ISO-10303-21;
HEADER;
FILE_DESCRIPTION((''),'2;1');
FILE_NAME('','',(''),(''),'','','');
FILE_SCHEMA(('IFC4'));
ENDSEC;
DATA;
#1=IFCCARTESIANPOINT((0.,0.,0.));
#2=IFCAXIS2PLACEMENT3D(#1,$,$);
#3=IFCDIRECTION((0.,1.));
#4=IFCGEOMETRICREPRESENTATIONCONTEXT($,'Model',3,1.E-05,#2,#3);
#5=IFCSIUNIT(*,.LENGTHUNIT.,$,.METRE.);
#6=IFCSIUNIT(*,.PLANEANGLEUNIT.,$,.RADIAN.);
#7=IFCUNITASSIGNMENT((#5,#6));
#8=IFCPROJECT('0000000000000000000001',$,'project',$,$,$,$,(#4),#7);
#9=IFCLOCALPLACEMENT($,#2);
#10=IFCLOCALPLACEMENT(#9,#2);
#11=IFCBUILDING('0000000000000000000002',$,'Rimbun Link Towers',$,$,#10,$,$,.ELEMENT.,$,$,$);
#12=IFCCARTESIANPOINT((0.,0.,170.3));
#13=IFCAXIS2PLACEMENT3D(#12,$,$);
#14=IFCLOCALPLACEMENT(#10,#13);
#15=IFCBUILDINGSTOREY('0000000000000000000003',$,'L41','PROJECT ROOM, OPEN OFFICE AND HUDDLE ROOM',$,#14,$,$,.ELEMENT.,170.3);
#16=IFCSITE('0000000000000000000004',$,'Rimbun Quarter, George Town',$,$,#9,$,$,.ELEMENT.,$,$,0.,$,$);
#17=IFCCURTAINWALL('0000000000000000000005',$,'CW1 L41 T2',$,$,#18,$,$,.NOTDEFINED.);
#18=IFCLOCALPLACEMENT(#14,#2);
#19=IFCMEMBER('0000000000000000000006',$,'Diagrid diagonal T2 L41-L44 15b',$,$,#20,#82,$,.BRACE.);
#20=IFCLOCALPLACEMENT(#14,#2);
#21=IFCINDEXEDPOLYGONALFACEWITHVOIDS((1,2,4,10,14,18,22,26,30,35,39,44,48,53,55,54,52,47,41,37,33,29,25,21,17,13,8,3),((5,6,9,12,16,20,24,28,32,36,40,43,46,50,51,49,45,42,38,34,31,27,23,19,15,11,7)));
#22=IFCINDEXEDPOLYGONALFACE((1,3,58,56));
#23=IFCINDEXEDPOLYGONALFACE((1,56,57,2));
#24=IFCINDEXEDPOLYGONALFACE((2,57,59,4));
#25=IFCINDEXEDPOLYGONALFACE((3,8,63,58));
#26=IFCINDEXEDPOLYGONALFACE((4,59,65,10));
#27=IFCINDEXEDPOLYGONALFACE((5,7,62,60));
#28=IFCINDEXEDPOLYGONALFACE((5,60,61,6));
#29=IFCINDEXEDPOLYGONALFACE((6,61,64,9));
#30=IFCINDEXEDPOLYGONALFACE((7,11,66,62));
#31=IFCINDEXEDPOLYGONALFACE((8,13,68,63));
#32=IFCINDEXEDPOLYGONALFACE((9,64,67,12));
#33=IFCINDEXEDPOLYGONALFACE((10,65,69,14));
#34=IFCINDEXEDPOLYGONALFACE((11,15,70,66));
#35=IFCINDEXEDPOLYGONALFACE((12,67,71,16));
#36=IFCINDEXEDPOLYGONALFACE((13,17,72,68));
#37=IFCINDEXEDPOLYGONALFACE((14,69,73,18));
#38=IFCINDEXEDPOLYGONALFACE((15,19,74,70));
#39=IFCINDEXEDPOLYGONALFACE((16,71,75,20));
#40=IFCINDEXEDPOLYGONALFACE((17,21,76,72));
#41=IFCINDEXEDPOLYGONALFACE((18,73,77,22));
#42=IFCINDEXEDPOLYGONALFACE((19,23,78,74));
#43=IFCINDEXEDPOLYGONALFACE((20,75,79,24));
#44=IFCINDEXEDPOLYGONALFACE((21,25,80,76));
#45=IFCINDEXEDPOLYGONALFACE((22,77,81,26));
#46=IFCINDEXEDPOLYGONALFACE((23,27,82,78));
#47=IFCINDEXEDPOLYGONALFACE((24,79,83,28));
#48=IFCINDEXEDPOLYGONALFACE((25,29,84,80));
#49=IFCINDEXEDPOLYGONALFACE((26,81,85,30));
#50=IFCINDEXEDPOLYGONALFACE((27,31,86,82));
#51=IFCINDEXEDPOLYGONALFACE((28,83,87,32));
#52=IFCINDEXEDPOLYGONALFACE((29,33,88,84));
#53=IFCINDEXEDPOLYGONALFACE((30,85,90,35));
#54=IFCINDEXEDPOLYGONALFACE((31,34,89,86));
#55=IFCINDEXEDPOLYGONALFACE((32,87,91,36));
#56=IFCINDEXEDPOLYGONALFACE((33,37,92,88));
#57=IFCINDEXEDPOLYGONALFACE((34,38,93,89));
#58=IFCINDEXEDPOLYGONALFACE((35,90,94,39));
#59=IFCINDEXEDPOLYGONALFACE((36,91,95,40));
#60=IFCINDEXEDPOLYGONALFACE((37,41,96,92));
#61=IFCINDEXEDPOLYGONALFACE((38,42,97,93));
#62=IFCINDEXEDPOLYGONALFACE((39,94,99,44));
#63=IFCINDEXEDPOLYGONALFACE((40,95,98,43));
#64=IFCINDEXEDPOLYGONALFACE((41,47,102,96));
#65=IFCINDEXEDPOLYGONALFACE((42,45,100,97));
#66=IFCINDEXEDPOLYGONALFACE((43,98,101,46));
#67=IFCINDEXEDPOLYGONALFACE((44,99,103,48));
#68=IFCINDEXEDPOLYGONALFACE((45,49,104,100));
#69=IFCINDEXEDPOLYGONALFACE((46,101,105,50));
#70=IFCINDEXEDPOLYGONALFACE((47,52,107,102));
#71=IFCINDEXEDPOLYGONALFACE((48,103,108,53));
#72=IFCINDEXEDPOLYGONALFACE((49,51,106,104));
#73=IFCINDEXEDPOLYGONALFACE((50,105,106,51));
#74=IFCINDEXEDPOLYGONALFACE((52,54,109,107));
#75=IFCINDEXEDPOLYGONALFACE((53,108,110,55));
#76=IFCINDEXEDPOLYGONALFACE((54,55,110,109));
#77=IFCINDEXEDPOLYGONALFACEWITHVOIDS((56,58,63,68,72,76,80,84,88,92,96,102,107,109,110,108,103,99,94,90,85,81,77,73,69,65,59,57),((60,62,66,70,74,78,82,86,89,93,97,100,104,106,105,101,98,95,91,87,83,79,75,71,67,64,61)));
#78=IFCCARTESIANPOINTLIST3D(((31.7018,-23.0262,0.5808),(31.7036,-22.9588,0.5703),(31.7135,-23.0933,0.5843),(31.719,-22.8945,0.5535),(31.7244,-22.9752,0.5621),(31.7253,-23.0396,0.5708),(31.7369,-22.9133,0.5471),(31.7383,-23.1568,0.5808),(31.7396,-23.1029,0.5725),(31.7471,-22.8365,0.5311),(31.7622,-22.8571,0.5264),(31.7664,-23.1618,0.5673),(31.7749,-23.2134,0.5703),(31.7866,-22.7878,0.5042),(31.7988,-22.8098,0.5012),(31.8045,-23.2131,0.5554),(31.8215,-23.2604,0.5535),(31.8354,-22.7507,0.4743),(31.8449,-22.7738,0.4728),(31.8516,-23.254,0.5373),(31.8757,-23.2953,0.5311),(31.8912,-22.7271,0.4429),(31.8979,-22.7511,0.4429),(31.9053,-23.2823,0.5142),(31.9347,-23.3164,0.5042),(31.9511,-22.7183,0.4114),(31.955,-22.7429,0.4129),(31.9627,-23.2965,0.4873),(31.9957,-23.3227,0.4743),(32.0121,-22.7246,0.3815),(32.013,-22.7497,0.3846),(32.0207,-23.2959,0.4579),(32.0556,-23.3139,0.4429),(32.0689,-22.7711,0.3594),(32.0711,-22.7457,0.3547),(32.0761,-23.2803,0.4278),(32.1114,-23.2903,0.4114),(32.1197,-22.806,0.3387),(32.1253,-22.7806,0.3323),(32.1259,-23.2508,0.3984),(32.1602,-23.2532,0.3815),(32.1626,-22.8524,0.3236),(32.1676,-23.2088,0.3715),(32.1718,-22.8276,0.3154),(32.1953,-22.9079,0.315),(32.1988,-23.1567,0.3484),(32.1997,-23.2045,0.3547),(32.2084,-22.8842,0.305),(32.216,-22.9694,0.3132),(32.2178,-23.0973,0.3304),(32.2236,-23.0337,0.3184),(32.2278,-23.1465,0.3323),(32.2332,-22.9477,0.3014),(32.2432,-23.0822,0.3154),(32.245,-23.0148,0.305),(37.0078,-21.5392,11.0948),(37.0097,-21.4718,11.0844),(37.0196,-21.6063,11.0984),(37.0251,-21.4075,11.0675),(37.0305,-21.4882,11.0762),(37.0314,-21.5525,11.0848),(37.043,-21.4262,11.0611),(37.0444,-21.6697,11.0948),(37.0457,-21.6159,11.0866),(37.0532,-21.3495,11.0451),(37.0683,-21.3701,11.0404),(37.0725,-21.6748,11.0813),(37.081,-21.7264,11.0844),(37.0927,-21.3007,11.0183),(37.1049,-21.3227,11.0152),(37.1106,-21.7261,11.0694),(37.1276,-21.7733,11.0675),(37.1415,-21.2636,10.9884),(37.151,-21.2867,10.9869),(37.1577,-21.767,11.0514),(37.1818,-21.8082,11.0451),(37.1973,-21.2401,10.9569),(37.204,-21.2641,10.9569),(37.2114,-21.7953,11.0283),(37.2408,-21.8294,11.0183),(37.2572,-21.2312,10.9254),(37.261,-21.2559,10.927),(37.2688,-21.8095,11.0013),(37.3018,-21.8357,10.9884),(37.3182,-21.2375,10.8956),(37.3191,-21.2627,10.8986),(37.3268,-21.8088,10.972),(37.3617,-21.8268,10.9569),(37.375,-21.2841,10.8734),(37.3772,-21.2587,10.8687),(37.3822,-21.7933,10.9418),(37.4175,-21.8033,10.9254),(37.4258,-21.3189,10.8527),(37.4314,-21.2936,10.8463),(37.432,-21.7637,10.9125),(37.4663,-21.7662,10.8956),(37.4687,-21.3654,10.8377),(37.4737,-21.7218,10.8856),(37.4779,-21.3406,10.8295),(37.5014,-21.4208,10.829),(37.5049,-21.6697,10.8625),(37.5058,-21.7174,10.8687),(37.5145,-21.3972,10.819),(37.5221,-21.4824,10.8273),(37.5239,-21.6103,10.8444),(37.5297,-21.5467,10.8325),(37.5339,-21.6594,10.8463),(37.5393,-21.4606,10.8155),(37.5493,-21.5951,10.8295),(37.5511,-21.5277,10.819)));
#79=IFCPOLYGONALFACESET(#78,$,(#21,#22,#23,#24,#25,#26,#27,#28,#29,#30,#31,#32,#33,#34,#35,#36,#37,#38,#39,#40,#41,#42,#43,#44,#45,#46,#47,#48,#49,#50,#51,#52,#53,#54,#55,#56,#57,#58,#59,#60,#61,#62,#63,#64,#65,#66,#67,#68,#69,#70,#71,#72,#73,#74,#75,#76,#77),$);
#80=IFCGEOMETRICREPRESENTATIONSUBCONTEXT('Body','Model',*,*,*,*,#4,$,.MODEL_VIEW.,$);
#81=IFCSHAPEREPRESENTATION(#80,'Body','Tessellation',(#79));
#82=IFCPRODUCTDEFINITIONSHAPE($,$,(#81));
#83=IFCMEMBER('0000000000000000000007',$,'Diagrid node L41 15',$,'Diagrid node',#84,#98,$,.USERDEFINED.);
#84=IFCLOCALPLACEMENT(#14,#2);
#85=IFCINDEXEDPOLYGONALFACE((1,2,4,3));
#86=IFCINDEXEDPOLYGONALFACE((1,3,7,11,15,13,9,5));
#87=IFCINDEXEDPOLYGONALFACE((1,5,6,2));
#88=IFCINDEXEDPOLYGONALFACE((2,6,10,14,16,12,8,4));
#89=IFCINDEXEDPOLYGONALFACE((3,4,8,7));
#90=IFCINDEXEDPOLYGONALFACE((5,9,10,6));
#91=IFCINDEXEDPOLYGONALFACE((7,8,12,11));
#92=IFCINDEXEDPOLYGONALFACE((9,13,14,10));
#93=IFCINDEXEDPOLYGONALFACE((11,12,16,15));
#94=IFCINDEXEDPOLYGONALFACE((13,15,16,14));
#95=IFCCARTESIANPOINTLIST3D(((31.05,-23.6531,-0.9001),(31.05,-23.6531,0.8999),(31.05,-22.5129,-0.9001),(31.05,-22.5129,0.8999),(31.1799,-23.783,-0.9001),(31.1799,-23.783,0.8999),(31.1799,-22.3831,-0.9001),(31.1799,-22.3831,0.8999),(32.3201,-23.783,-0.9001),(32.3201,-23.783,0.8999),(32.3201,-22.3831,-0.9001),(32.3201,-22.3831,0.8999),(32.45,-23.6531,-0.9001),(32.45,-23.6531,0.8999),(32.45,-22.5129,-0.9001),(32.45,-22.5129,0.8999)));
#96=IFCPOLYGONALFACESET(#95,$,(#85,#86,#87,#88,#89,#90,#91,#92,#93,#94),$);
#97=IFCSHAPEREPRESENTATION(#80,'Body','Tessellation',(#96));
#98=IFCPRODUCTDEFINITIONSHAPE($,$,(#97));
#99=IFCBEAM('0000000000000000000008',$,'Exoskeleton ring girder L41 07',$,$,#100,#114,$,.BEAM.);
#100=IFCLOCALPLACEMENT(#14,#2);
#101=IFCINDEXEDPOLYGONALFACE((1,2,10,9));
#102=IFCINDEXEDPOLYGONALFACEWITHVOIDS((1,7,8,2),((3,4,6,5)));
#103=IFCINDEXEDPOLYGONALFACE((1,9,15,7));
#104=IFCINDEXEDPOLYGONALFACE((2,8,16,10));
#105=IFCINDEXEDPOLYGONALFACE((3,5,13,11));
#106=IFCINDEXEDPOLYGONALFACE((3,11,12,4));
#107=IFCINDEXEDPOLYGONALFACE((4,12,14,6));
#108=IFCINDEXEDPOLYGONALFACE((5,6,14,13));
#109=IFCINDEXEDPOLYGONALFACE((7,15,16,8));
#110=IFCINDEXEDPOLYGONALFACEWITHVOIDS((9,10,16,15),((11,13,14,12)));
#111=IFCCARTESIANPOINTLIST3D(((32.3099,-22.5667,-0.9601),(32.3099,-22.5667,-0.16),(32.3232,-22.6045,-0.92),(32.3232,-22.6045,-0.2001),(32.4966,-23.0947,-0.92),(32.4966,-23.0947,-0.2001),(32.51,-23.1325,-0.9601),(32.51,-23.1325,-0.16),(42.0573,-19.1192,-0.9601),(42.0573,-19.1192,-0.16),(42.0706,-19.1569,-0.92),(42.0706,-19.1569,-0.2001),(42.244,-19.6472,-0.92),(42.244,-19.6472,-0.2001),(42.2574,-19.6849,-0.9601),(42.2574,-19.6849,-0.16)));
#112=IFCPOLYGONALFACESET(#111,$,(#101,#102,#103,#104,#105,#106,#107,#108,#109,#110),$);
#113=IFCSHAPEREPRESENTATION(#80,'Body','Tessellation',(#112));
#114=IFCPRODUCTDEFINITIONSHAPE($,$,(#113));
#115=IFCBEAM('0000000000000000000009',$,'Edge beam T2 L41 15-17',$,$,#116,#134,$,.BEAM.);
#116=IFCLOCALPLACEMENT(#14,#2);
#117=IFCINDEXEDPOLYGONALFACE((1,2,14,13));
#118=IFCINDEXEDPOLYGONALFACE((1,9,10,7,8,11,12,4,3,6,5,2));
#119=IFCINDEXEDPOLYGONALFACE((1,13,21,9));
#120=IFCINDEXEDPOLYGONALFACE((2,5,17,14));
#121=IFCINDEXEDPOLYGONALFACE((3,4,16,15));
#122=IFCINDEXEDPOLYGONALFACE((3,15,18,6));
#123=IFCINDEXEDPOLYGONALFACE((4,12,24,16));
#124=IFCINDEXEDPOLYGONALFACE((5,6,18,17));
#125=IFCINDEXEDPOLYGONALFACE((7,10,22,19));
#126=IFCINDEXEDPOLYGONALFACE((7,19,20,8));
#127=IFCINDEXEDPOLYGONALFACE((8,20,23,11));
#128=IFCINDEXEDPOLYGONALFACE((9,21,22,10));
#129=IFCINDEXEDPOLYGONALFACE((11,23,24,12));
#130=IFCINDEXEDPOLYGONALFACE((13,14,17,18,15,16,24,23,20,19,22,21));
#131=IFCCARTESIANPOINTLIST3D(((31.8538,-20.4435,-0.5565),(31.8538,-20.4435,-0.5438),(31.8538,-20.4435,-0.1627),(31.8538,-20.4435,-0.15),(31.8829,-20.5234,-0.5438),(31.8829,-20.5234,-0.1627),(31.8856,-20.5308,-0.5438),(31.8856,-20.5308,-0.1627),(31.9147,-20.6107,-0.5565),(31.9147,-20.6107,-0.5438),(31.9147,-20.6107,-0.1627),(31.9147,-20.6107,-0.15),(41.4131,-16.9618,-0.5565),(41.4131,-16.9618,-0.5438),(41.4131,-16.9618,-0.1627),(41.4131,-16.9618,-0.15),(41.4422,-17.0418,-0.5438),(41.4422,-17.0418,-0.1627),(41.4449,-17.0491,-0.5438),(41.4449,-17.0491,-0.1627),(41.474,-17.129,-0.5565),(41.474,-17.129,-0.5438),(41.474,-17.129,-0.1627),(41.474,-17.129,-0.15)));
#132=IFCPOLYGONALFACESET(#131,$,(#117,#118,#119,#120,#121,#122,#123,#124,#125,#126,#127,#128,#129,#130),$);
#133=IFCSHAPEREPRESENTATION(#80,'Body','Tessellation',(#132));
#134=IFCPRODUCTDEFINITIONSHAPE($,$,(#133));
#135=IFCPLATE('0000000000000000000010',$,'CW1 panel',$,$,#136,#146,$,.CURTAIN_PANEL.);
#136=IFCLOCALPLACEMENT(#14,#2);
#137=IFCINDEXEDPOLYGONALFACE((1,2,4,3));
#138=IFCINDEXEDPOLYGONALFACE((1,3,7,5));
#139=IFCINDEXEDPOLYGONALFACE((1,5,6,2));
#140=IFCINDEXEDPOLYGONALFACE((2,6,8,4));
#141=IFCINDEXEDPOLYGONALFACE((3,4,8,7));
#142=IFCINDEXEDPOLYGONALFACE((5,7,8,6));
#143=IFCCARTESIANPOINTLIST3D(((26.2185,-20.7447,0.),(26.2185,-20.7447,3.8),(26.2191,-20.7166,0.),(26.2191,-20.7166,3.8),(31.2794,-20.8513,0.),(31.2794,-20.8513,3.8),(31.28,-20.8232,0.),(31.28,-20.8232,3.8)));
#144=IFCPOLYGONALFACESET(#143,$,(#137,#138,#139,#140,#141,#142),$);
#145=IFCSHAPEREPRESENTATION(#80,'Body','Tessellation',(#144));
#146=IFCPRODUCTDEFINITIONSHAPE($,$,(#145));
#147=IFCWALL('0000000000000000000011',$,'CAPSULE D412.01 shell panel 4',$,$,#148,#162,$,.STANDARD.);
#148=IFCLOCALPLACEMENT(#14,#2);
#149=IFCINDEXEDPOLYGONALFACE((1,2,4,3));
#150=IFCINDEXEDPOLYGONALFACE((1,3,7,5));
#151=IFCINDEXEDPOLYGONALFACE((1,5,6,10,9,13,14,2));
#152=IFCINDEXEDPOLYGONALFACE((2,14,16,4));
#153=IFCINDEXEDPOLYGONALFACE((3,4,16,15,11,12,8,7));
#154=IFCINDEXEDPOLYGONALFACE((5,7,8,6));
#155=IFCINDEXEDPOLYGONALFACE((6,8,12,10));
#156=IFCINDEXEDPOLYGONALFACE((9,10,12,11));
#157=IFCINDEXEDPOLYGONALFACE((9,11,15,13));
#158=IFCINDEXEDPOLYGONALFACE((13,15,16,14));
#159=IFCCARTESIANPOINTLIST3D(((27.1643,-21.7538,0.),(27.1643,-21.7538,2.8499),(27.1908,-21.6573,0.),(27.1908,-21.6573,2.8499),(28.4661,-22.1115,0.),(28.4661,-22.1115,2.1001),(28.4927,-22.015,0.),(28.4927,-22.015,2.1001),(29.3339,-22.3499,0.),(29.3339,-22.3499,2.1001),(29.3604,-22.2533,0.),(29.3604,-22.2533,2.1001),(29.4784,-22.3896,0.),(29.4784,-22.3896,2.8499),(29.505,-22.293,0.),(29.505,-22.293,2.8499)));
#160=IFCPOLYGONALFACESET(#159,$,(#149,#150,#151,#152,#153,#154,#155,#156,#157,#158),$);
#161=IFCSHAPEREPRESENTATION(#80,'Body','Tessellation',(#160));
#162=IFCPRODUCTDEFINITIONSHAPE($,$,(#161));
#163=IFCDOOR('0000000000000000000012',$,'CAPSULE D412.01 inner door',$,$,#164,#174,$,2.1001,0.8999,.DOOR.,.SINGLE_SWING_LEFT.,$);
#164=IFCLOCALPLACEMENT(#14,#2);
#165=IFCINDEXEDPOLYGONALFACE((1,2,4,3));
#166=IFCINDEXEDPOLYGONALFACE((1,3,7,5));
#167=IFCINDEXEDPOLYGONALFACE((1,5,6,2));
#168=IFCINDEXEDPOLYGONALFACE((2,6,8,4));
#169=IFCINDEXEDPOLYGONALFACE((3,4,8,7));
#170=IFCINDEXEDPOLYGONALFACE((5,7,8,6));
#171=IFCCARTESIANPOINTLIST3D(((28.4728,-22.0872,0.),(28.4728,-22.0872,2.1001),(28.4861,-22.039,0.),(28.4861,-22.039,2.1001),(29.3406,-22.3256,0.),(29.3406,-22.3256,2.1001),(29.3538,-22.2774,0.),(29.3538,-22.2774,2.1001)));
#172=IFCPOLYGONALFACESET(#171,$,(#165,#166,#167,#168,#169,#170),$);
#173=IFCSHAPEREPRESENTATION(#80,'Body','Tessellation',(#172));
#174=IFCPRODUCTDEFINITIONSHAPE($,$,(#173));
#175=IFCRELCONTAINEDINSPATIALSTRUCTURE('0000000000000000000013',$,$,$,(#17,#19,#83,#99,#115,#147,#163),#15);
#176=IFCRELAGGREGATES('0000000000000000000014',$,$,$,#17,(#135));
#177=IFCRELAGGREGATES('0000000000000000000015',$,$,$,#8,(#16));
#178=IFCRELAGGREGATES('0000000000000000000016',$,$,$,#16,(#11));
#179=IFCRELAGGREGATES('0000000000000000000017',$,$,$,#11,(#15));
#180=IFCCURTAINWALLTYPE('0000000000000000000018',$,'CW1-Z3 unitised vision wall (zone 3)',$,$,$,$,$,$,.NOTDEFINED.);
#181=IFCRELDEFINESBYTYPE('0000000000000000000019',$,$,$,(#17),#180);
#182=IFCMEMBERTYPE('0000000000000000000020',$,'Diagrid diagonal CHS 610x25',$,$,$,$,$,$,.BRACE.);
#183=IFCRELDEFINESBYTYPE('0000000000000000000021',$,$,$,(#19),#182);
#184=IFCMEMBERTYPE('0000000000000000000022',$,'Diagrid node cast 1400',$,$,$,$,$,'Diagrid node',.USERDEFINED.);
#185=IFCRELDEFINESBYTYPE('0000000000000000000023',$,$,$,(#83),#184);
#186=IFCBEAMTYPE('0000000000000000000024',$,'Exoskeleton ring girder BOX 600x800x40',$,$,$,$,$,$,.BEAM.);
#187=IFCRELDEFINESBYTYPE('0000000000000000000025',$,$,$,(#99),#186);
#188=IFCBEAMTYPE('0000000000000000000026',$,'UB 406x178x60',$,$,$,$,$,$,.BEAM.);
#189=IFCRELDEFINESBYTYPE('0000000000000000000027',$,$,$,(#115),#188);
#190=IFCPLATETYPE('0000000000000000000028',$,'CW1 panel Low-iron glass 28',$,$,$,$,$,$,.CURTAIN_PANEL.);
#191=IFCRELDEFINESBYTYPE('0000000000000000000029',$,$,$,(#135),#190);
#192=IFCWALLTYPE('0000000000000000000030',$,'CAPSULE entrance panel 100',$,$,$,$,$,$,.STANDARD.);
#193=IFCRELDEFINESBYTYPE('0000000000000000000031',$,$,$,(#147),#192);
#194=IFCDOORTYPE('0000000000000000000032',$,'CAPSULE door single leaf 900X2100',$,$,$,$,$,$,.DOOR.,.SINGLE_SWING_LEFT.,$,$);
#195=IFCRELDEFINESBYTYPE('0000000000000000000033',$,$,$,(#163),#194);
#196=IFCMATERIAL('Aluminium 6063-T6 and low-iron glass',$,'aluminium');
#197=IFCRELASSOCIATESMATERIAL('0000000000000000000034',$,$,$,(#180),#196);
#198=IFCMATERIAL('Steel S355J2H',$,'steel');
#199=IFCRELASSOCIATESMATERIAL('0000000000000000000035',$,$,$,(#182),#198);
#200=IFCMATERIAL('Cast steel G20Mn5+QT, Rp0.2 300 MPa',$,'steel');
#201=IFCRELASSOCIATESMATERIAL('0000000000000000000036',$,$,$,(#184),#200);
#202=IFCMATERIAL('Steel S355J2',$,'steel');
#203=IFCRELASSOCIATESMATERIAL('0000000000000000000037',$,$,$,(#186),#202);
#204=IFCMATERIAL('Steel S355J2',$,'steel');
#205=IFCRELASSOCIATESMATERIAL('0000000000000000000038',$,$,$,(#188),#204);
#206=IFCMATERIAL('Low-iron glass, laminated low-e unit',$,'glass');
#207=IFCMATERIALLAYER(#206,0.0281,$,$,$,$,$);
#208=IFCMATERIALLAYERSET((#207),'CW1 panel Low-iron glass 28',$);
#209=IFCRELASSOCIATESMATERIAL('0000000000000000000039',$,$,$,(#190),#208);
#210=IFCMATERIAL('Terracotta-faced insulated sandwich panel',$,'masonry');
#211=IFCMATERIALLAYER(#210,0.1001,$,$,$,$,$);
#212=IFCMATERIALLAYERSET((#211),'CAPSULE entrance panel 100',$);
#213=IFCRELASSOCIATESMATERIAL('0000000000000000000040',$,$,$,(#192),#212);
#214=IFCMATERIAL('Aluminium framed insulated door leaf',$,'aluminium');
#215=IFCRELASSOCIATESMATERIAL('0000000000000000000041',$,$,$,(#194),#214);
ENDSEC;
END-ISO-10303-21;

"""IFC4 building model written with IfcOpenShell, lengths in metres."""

from ifc_helpers import new_model, si_unit, direction, frame, frame_2d, origin, origin_2d, place, context, subcontext, project, spatial, polyline, rectangle, hollow_rectangle, hollow_circle, i_section, outline, extrude, material, layer, layer_set, material_profile, profile_set, type_object, element, fill, aggregate, save


model = new_model("IFC4")

# Units and contexts
model_context = context("Model", 3, precision=1e-05, world=origin(), true_north=direction((0.0, 1.0)))
body_context = subcontext(model_context, "Body", "Model", "MODEL_VIEW")
ifc_project = project(units=[si_unit("LENGTHUNIT", "METRE"), si_unit("PLANEANGLEUNIT", "RADIAN")], contexts=[model_context])

# Site, building, storey
site_placement = place(None, origin())
site = spatial("IfcSite", under=ifc_project, at=site_placement, Name="Rimbun Quarter, George Town", CompositionType="ELEMENT", RefElevation=0.0)
building_placement = place(site_placement, origin())
building = spatial("IfcBuilding", under=site, at=building_placement, Name="Rimbun Link Towers", CompositionType="ELEMENT")
storey_placement = place(building_placement, frame((0.0, 0.0, 170.3)))
storey = spatial("IfcBuildingStorey", under=building, at=storey_placement, Name="L41", Description="PROJECT ROOM, OPEN OFFICE AND HUDDLE ROOM", CompositionType="ELEMENT", Elevation=170.3)

# Curtain wall
ifc_material_1 = material(Name="Aluminium 6063-T6 and low-iron glass", Category="aluminium")
curtain_wall_type = type_object("IfcCurtainWallType", Name="CW1-Z3 unitised vision wall (zone 3)", PredefinedType="NOTDEFINED", material=ifc_material_1)
curtain_wall_placement = place(storey_placement, origin())
curtain_wall = element("IfcCurtainWall", 1, at=curtain_wall_placement, inside=storey, type_object=curtain_wall_type, Name="CW1 L41 T2", PredefinedType="NOTDEFINED")

# Members
ifc_material_2 = material(Name="Steel S355J2H", Category="steel")
ifc_material_profile_1 = material_profile(ifc_material_2, hollow_circle(Radius=0.3047, WallThickness=0.0249, at=origin_2d()), Name="Diagrid diagonal CHS 610x25")
ifc_profile_set_1 = profile_set([ifc_material_profile_1], Name="Steel S355J2H")
member_type_1 = type_object("IfcMemberType", Name="Diagrid diagonal CHS 610x25", PredefinedType="BRACE", material=ifc_profile_set_1)
member_1_placement = place(storey_placement, frame((31.9734, -23.0205, 0.4429), z_axis=(0.446995, 0.125271, 0.885722), x_axis=(-0.269855, 0.962901, 0.0)))
element("IfcMember", 2, at=member_1_placement, inside=storey, type_object=member_type_1, Name="Diagrid diagonal T2 L41-L44 15b", PredefinedType="BRACE", context=body_context, shape_type="SweptSolid", body=[
    extrude(hollow_circle(Radius=0.3047, WallThickness=0.0249, at=origin_2d()), origin(), (0.0, 0.0, 1.0), 11.8706),
])
ifc_material_3 = material(Name="Cast steel G20Mn5+QT, Rp0.2 300 MPa", Category="steel")
ifc_material_profile_2 = material_profile(ifc_material_3, outline(polyline([(0.7, -0.5701), (0.7, 0.5701), (0.5701, 0.7), (-0.5701, 0.7), (-0.7, 0.5701), (-0.7, -0.5701), (-0.5701, -0.7), (0.5701, -0.7), (0.7, -0.5701)])), Name="NODE 1400x1400")
ifc_profile_set_2 = profile_set([ifc_material_profile_2], Name="Cast steel G20Mn5+QT, Rp0.2 300 MPa")
member_type_2 = type_object("IfcMemberType", Name="Diagrid node cast 1400", ElementType="Diagrid node", PredefinedType="USERDEFINED", material=ifc_profile_set_2)
member_2_placement = place(storey_placement, frame((31.75, -23.083, -0.9001), z_axis=(0.0, 0.0, 1.0), x_axis=(0.0, -1.0, 0.0)))
element("IfcMember", 3, at=member_2_placement, inside=storey, type_object=member_type_2, Name="Diagrid node L41 15", ObjectType="Diagrid node", PredefinedType="USERDEFINED", context=body_context, shape_type="SweptSolid", body=[
    extrude(outline(polyline([(0.7, -0.5701), (0.7, 0.5701), (0.5701, 0.7), (-0.5701, 0.7), (-0.7, 0.5701), (-0.7, -0.5701), (-0.5701, -0.7), (0.5701, -0.7), (0.7, -0.5701)])), origin(), (0.0, 0.0, 1.0), 1.8),
])

# Beams
ifc_material_4 = material(Name="Steel S355J2", Category="steel")
ifc_material_profile_3 = material_profile(ifc_material_4, hollow_rectangle(XDim=0.6001, YDim=0.8, WallThickness=0.04, at=origin_2d()), Name="Exoskeleton ring girder BOX 600x800x40")
ifc_profile_set_3 = profile_set([ifc_material_profile_3], Name="Steel S355J2")
beam_type_1 = type_object("IfcBeamType", Name="Exoskeleton ring girder BOX 600x800x40", PredefinedType="BEAM", material=ifc_profile_set_3)
beam_1_placement = place(storey_placement, frame((32.4099, -22.8496, -0.5601), z_axis=(0.942769, 0.333446, 0.0), x_axis=(-0.333446, 0.942769, 0.0)))
element("IfcBeam", 4, at=beam_1_placement, inside=storey, type_object=beam_type_1, Name="Exoskeleton ring girder L41 07", PredefinedType="BEAM", context=body_context, shape_type="SweptSolid", body=[
    extrude(hollow_rectangle(XDim=0.6001, YDim=0.8, WallThickness=0.04, at=origin_2d()), origin(), (0.0, 0.0, 1.0), 10.3391),
])
ifc_material_5 = material(Name="Steel S355J2", Category="steel")
ifc_material_profile_4 = material_profile(ifc_material_5, i_section(OverallWidth=0.178, OverallDepth=0.4065, WebThickness=0.0078, FlangeThickness=0.0127, at=origin_2d()), Name="UB 406x178x60")
ifc_profile_set_4 = profile_set([ifc_material_profile_4], Name="Steel S355J2")
beam_type_2 = type_object("IfcBeamType", Name="UB 406x178x60", PredefinedType="BEAM", material=ifc_profile_set_4)
beam_2_placement = place(storey_placement, frame((31.8843, -20.5271, -0.3533), z_axis=(0.939617, 0.342227, 0.0), x_axis=(-0.342227, 0.939617, 0.0)))
element("IfcBeam", 5, at=beam_2_placement, inside=storey, type_object=beam_type_2, Name="Edge beam T2 L41 15-17", PredefinedType="BEAM", context=body_context, shape_type="SweptSolid", body=[
    extrude(i_section(OverallWidth=0.178, OverallDepth=0.4065, WebThickness=0.0078, FlangeThickness=0.0127, at=origin_2d()), origin(), (0.0, 0.0, 1.0), 10.1736),
])

# Plate
ifc_material_6 = material(Name="Low-iron glass, laminated low-e unit", Category="glass")
ifc_layer_1 = layer(ifc_material_6, 0.0281)
ifc_layer_set_1 = layer_set([ifc_layer_1], Name="CW1 panel Low-iron glass 28")
plate_type = type_object("IfcPlateType", Name="CW1 panel Low-iron glass 28", PredefinedType="CURTAIN_PANEL", material=ifc_layer_set_1)
plate_placement = place(storey_placement, frame((28.7493, -20.7839, 0.0), z_axis=(0.0, 0.0, 1.0), x_axis=(-0.999778, 0.021055, 0.0)))
plate = element("IfcPlate", 6, at=plate_placement, type_object=plate_type, Name="CW1 panel", PredefinedType="CURTAIN_PANEL", context=body_context, shape_type="SweptSolid", body=[
    extrude(rectangle(XDim=5.062, YDim=0.0281, at=origin_2d()), origin(), (0.0, 0.0, 1.0), 3.8),
])
aggregate(curtain_wall, [plate])

# Wall, opening, door
ifc_material_7 = material(Name="Terracotta-faced insulated sandwich panel", Category="masonry")
ifc_layer_2 = layer(ifc_material_7, 0.1001)
ifc_layer_set_2 = layer_set([ifc_layer_2], Name="CAPSULE entrance panel 100")
wall_type_1 = type_object("IfcWallType", Name="CAPSULE entrance panel 100", PredefinedType="STANDARD", material=ifc_layer_set_2)
wall_1_placement = place(storey_placement, frame((29.4917, -22.3413, 0.0), z_axis=(0.0, 0.0, 1.0), x_axis=(-0.964276, 0.264899, 0.0)))
wall_1 = element("IfcWall", 7, at=wall_1_placement, inside=storey, type_object=wall_type_1, Name="CAPSULE D412.01 shell panel 4", PredefinedType="STANDARD", context=body_context, shape_type="SweptSolid", body=[
    extrude(rectangle(XDim=2.3999, YDim=0.1001, at=frame_2d((1.2, 0.0))), origin(), (0.0, 0.0, 1.0), 2.8499),
])
opening_placement = place(wall_1_placement, frame((0.1499, 0.0, 0.0)))
opening = element("IfcOpeningElement", 8, at=opening_placement, cuts=wall_1, PredefinedType="OPENING", context=body_context, shape_type="SweptSolid", body=[
    extrude(rectangle(XDim=0.8999, YDim=2.1001, at=frame_2d((0.45, 1.05))), frame((0.0, 0.0601, 0.0), z_axis=(0.0, -1.0, 0.0), x_axis=(1.0, 0.0, 0.0)), (0.0, 0.0, 1.0), 0.1201),
])
ifc_material_8 = material(Name="Aluminium framed insulated door leaf", Category="aluminium")
door_type = type_object("IfcDoorType", Name="CAPSULE door single leaf 900X2100", OperationType="SINGLE_SWING_LEFT", PredefinedType="DOOR", material=ifc_material_8)
door_placement = place(opening_placement, origin())
door = element("IfcDoor", 9, at=door_placement, inside=storey, type_object=door_type, Name="CAPSULE D412.01 inner door", OperationType="SINGLE_SWING_LEFT", OverallHeight=2.1001, OverallWidth=0.8999, PredefinedType="DOOR", context=body_context, shape_type="SweptSolid", body=[
    extrude(rectangle(XDim=0.8999, YDim=2.1001, at=frame_2d((0.45, 1.05))), frame((0.0, 0.0249, 0.0), z_axis=(0.0, -1.0, 0.0), x_axis=(1.0, 0.0, 0.0)), (0.0, 0.0, 1.0), 0.05),
])
fill(opening, door)

save(model, "model.ifc")
